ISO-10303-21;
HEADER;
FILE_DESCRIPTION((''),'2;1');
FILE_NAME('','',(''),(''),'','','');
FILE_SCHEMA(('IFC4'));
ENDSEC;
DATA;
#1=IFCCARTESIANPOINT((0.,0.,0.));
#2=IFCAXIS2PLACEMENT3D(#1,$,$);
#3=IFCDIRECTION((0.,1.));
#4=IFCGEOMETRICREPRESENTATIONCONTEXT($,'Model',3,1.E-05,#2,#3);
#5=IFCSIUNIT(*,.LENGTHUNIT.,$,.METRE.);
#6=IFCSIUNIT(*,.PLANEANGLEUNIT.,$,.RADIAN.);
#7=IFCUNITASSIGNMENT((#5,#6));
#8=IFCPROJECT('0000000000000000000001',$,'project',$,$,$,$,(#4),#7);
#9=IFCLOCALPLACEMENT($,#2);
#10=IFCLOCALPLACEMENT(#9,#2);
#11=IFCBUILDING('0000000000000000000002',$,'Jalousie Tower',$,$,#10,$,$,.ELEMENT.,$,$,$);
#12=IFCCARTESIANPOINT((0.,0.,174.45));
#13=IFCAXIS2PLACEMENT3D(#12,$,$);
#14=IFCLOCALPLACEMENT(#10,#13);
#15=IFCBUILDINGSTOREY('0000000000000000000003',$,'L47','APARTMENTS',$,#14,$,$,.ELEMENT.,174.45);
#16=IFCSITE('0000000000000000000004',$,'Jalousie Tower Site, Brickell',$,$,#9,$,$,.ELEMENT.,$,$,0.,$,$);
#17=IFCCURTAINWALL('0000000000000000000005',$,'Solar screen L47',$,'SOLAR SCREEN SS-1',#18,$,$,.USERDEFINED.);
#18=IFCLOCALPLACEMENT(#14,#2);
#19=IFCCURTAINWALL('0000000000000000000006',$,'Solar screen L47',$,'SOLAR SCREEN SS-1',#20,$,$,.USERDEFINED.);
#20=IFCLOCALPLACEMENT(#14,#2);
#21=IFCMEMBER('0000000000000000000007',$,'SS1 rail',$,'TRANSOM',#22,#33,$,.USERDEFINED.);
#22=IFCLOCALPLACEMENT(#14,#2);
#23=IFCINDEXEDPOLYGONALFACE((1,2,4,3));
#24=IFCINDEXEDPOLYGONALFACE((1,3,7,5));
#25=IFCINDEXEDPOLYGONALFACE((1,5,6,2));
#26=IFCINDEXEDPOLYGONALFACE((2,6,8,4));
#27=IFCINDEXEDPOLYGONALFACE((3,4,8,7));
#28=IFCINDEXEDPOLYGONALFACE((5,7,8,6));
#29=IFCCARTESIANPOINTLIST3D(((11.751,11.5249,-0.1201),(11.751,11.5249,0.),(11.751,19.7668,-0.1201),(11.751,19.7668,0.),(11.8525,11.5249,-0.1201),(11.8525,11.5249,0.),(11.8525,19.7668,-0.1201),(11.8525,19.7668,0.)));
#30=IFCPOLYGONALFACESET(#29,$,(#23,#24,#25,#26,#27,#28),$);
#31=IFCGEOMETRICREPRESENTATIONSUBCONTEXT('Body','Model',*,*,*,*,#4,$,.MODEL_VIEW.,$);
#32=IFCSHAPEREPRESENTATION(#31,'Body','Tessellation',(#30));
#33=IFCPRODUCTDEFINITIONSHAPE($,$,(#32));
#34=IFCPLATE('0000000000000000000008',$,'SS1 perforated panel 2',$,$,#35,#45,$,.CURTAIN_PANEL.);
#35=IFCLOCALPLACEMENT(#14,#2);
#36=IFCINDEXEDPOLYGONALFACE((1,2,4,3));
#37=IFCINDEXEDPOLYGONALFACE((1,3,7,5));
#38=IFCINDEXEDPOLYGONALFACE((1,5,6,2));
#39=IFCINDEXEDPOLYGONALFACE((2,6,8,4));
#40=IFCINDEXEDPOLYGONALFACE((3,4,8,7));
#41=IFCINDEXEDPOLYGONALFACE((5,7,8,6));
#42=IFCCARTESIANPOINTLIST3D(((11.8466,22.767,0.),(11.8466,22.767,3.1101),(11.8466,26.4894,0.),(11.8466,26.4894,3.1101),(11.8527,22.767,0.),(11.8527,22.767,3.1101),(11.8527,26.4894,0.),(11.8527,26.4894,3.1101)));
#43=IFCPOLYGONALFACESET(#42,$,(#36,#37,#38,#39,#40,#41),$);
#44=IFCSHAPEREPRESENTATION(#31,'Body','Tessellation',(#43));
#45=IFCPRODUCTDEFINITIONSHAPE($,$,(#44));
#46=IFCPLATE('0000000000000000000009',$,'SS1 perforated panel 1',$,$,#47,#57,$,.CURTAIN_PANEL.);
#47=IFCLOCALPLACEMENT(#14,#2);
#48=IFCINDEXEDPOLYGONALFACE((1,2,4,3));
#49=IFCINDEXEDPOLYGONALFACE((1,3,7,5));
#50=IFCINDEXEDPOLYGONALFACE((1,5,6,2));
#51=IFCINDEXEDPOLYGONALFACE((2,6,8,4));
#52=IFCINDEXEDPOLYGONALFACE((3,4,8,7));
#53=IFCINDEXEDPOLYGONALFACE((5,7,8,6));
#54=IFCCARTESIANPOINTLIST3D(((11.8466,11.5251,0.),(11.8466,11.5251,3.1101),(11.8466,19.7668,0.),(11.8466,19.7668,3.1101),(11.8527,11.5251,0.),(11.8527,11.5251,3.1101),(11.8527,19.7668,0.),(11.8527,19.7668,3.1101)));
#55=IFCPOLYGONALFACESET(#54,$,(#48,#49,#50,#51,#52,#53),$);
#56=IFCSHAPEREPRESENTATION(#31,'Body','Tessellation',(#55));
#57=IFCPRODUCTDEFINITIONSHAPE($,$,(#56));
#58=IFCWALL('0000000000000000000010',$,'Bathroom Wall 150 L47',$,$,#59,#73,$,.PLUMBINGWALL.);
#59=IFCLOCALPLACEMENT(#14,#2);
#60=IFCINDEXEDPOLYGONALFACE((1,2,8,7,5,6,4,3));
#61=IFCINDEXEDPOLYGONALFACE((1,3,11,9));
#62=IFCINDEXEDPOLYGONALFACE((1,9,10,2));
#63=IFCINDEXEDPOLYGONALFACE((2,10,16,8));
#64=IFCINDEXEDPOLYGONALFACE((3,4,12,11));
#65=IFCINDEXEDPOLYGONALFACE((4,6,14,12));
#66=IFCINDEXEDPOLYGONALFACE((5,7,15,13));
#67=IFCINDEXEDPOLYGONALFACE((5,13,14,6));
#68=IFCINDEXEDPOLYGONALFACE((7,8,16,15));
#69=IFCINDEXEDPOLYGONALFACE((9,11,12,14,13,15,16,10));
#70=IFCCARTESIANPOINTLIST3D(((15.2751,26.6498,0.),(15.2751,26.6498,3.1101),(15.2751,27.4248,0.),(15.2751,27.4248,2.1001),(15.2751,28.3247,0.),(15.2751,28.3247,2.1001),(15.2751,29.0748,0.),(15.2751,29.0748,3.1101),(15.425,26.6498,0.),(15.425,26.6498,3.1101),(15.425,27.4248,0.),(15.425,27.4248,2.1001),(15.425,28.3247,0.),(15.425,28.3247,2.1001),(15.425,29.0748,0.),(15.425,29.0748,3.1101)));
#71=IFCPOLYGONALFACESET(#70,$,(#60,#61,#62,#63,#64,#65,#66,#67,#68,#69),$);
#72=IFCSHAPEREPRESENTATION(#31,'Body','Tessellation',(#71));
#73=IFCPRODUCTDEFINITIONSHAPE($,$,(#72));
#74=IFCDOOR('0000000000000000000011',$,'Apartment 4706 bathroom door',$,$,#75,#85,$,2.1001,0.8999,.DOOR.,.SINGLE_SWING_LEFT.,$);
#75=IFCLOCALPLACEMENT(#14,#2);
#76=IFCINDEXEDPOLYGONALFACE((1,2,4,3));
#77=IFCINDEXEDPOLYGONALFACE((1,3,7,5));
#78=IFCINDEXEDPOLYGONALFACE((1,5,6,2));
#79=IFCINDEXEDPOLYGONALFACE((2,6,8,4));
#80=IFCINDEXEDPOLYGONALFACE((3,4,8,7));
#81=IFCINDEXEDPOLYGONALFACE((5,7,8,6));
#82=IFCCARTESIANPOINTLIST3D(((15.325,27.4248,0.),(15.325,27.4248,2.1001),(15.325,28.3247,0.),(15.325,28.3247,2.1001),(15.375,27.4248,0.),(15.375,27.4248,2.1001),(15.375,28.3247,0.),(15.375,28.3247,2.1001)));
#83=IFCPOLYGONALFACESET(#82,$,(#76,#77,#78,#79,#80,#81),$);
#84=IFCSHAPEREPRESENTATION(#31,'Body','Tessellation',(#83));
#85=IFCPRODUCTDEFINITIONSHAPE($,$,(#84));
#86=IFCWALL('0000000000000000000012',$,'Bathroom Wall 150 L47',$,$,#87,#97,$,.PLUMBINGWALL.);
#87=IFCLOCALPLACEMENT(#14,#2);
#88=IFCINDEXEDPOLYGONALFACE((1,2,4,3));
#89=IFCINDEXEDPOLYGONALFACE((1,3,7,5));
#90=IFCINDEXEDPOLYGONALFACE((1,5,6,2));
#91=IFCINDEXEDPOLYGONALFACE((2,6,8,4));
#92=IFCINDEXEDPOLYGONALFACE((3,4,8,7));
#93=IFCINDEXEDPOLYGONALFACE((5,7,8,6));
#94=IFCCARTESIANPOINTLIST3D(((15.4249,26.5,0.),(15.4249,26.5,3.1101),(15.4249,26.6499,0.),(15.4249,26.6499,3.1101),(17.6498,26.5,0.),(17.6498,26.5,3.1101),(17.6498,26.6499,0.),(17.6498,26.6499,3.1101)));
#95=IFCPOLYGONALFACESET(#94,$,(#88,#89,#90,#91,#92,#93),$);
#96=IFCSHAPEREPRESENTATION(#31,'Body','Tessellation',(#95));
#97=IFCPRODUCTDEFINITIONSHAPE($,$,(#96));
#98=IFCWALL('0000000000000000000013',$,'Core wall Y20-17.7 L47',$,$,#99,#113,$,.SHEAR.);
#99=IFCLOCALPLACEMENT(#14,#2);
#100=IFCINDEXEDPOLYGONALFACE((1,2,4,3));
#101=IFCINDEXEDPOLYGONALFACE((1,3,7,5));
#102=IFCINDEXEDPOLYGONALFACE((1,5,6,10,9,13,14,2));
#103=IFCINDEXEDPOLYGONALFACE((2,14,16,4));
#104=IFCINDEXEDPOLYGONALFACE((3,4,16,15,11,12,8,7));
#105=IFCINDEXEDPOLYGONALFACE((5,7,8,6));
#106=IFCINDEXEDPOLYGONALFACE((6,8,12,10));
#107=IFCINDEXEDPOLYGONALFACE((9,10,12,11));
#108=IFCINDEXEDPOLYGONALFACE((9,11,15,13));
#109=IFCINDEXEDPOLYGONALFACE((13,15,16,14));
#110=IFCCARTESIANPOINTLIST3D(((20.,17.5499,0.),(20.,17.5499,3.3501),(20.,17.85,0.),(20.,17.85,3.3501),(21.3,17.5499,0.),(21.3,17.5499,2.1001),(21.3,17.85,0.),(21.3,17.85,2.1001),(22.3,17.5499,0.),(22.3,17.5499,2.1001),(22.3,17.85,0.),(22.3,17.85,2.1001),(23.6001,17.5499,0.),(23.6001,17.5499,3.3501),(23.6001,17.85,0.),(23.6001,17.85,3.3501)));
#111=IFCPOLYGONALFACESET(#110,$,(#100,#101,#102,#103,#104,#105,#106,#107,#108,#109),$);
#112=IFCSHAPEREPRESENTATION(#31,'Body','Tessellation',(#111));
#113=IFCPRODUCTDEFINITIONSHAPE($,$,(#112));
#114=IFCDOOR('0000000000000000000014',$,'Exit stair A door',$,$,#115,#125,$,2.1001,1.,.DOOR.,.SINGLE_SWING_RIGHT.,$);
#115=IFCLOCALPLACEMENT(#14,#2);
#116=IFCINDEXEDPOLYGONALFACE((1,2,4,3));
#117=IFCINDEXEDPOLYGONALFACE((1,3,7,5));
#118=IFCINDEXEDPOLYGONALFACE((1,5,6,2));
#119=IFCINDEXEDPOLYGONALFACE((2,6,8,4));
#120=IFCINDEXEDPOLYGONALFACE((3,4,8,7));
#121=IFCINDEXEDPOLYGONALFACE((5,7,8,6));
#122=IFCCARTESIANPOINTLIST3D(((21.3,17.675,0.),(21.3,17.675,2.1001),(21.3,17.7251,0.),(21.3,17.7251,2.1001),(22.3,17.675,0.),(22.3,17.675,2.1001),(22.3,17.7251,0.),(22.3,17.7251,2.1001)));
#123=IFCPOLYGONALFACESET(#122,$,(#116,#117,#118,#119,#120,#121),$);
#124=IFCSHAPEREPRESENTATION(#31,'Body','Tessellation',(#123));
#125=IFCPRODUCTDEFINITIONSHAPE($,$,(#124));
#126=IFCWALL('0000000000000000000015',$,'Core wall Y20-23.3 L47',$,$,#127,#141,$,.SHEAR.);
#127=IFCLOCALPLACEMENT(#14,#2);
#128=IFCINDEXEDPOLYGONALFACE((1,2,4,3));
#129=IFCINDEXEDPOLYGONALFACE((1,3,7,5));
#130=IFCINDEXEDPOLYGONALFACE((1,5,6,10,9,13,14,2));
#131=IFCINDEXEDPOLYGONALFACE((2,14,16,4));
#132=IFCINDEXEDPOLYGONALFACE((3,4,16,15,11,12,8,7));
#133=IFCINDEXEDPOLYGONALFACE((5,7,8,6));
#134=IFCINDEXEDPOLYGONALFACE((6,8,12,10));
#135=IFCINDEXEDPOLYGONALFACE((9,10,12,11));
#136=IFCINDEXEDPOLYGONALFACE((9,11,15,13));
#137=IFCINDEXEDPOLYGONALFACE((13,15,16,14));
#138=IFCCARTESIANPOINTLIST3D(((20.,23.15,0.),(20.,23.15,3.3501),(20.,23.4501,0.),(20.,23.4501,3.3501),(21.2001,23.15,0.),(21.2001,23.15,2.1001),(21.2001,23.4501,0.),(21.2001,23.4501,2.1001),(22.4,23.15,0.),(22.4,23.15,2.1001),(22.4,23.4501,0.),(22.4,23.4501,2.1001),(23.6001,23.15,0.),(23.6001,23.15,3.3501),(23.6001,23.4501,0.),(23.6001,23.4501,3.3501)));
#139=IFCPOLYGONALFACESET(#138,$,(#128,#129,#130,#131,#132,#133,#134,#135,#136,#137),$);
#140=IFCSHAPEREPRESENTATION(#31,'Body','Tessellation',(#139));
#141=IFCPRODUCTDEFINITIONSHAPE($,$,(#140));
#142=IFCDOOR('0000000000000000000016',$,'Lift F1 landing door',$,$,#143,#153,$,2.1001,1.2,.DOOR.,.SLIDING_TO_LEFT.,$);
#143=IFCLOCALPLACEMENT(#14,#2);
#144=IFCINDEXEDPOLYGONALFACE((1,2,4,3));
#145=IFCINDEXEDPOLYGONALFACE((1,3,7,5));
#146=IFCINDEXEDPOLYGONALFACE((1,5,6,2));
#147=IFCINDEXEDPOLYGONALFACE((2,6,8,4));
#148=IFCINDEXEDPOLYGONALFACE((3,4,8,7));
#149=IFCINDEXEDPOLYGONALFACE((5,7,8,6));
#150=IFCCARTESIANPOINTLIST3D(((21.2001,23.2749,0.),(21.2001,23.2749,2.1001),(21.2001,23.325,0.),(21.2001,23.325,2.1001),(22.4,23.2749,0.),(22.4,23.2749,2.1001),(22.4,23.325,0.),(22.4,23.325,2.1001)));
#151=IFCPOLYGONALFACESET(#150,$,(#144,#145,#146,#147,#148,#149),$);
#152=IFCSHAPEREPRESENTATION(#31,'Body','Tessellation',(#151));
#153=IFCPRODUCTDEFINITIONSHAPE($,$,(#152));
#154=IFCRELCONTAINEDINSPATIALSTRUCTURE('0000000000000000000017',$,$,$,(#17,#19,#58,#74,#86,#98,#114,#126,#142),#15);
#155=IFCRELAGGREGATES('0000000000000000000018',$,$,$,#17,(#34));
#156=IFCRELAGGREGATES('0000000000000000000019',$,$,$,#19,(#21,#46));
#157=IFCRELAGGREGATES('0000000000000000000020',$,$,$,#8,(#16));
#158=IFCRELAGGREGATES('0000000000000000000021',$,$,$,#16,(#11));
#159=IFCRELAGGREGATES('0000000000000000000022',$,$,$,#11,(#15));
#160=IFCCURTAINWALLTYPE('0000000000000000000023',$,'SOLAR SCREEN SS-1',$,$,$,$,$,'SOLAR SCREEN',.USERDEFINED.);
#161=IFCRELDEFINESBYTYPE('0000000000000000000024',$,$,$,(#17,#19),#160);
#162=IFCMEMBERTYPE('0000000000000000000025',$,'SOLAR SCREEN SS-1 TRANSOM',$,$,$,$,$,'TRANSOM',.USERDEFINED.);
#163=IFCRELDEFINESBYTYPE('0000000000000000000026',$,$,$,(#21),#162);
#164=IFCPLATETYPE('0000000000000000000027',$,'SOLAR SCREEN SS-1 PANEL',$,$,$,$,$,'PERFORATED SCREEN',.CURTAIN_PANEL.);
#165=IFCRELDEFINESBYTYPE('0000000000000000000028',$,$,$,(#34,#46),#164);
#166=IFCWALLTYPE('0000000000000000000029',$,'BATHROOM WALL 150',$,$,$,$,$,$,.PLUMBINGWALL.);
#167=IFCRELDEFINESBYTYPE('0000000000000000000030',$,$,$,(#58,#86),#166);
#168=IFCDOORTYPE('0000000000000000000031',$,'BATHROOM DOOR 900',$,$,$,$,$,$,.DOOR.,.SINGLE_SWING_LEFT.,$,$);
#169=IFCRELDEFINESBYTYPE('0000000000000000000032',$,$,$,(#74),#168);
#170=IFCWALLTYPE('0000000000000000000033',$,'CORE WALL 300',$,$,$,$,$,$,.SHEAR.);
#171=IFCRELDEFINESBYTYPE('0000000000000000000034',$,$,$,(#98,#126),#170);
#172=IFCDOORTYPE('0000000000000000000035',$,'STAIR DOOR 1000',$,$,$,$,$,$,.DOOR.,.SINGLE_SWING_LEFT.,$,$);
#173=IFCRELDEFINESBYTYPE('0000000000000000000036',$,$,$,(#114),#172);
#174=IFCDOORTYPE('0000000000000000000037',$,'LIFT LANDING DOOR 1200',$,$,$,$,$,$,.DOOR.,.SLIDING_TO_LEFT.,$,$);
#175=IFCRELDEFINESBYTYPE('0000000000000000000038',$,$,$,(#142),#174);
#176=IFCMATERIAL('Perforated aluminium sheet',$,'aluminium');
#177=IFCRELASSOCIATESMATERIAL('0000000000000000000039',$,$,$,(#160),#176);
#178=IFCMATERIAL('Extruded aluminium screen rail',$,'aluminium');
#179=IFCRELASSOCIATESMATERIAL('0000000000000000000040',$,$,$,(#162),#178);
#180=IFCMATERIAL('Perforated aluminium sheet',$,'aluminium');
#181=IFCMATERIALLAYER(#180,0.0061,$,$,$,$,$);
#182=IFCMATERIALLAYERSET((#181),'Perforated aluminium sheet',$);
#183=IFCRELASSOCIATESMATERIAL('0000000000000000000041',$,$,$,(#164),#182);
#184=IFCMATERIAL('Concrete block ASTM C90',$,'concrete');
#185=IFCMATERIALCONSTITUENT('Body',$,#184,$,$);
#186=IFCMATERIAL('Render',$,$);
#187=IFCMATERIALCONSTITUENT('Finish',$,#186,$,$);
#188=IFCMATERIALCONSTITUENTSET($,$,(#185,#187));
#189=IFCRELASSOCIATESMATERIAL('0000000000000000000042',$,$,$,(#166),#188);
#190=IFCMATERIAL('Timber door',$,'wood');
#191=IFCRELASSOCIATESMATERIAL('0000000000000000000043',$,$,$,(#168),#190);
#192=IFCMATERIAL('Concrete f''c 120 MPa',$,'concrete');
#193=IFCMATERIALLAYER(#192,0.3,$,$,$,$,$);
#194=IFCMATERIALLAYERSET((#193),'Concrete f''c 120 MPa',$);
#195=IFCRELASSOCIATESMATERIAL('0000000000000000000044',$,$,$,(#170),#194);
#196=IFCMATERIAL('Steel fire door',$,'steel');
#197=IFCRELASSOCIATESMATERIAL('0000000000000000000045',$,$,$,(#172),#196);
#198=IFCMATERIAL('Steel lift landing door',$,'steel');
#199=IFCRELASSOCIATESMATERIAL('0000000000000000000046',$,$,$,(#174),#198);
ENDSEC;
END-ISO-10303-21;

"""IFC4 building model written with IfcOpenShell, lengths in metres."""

from ifc_helpers import new_model, si_unit, direction, frame, frame_2d, origin, origin_2d, place, context, subcontext, project, spatial, rectangle, extrude, material, layer, layer_set, constituent, constituent_set, material_profile, profile_set, type_object, element, fill, aggregate, save


model = new_model("IFC4")

# Units and contexts
model_context = context("Model", 3, precision=1e-05, world=origin(), true_north=direction((0.0, 1.0)))
body_context = subcontext(model_context, "Body", "Model", "MODEL_VIEW")
ifc_project = project(units=[si_unit("LENGTHUNIT", "METRE"), si_unit("PLANEANGLEUNIT", "RADIAN")], contexts=[model_context])

# Site, building, storey
site_placement = place(None, origin())
site = spatial("IfcSite", under=ifc_project, at=site_placement, Name="Jalousie Tower Site, Brickell", CompositionType="ELEMENT", RefElevation=0.0)
building_placement = place(site_placement, origin())
building = spatial("IfcBuilding", under=site, at=building_placement, Name="Jalousie Tower", CompositionType="ELEMENT")
storey_placement = place(building_placement, frame((0.0, 0.0, 174.45)))
storey = spatial("IfcBuildingStorey", under=building, at=storey_placement, Name="L47", Description="APARTMENTS", CompositionType="ELEMENT", Elevation=174.45)

# Curtain walls, member
ifc_material_1 = material(Name="Perforated aluminium sheet", Category="aluminium")
curtain_wall_type = type_object("IfcCurtainWallType", Name="SOLAR SCREEN SS-1", ElementType="SOLAR SCREEN", PredefinedType="USERDEFINED", material=ifc_material_1)
curtain_wall_1_placement = place(storey_placement, origin())
curtain_wall_1 = element("IfcCurtainWall", 1, at=curtain_wall_1_placement, inside=storey, type_object=curtain_wall_type, Name="Solar screen L47", ObjectType="SOLAR SCREEN SS-1", PredefinedType="USERDEFINED")
curtain_wall_2_placement = place(storey_placement, origin())
curtain_wall_2 = element("IfcCurtainWall", 2, at=curtain_wall_2_placement, inside=storey, type_object=curtain_wall_type, Name="Solar screen L47", ObjectType="SOLAR SCREEN SS-1", PredefinedType="USERDEFINED")
ifc_material_2 = material(Name="Extruded aluminium screen rail", Category="aluminium")
ifc_material_profile_1 = material_profile(ifc_material_2, rectangle(XDim=0.1016, YDim=0.1201, at=origin_2d()), Name="RAIL 102x120")
ifc_profile_set_1 = profile_set([ifc_material_profile_1], Name="Extruded aluminium screen rail")
member_type_1 = type_object("IfcMemberType", Name="SOLAR SCREEN SS-1 TRANSOM", ElementType="TRANSOM", PredefinedType="USERDEFINED", material=ifc_profile_set_1)
member_1_placement = place(storey_placement, frame((11.8018, 19.7668, -0.0601), z_axis=(0.0, -1.0, 0.0), x_axis=(1.0, 0.0, 0.0)))
member_1 = element("IfcMember", 3, at=member_1_placement, type_object=member_type_1, Name="SS1 rail", ObjectType="TRANSOM", PredefinedType="USERDEFINED", context=body_context, shape_type="SweptSolid", body=[
    extrude(rectangle(XDim=0.1016, YDim=0.1201, at=origin_2d()), origin(), (0.0, 0.0, 1.0), 8.2419),
])

# Plates
ifc_material_3 = material(Name="Perforated aluminium sheet", Category="aluminium")
ifc_layer_1 = layer(ifc_material_3, 0.0061)
ifc_layer_set_1 = layer_set([ifc_layer_1], Name="Perforated aluminium sheet")
plate_type = type_object("IfcPlateType", Name="SOLAR SCREEN SS-1 PANEL", ElementType="PERFORATED SCREEN", PredefinedType="CURTAIN_PANEL", material=ifc_layer_set_1)
plate_1_placement = place(storey_placement, frame((11.8496, 24.6282, 0.0), z_axis=(0.0, 0.0, 1.0), x_axis=(0.0, -1.0, 0.0)))
plate_1 = element("IfcPlate", 4, at=plate_1_placement, type_object=plate_type, Name="SS1 perforated panel 2", PredefinedType="CURTAIN_PANEL", context=body_context, shape_type="SweptSolid", body=[
    extrude(rectangle(XDim=3.7224, YDim=0.0061, at=origin_2d()), origin(), (0.0, 0.0, 1.0), 3.1101),
])
aggregate(curtain_wall_1, [plate_1])
plate_2_placement = place(storey_placement, frame((11.8496, 15.646, 0.0), z_axis=(0.0, 0.0, 1.0), x_axis=(0.0, -1.0, 0.0)))
plate_2 = element("IfcPlate", 5, at=plate_2_placement, type_object=plate_type, Name="SS1 perforated panel 1", PredefinedType="CURTAIN_PANEL", context=body_context, shape_type="SweptSolid", body=[
    extrude(rectangle(XDim=8.2417, YDim=0.0061, at=origin_2d()), origin(), (0.0, 0.0, 1.0), 3.1101),
])
aggregate(curtain_wall_2, [member_1, plate_2])

# Wall, opening, door
ifc_material_4 = material(Name="Concrete block ASTM C90", Category="concrete")
ifc_constituent_1 = constituent(ifc_material_4, Name="Body")
ifc_material_5 = material(Name="Render")
ifc_constituent_2 = constituent(ifc_material_5, Name="Finish")
ifc_constituent_set_1 = constituent_set(constituents=[ifc_constituent_1, ifc_constituent_2])
wall_type_1 = type_object("IfcWallType", Name="BATHROOM WALL 150", PredefinedType="PLUMBINGWALL", material=ifc_constituent_set_1)
wall_1_placement = place(storey_placement, frame((15.3501, 26.6499, 0.0), z_axis=(0.0, 0.0, 1.0), x_axis=(0.0, 1.0, 0.0)))
wall_1 = element("IfcWall", 6, at=wall_1_placement, inside=storey, type_object=wall_type_1, Name="Bathroom Wall 150 L47", PredefinedType="PLUMBINGWALL", context=body_context, shape_type="SweptSolid", body=[
    extrude(rectangle(XDim=2.425, YDim=0.1499, at=frame_2d((1.2124, 0.0))), origin(), (0.0, 0.0, 1.0), 3.1101),
])
opening_1_placement = place(wall_1_placement, frame((0.7749, 0.0, 0.0)))
opening_1 = element("IfcOpeningElement", 7, at=opening_1_placement, cuts=wall_1, PredefinedType="OPENING", context=body_context, shape_type="SweptSolid", body=[
    extrude(rectangle(XDim=0.8999, YDim=2.1001, at=frame_2d((0.45, 1.05))), frame((0.0, 0.085, 0.0), z_axis=(0.0, -1.0, 0.0), x_axis=(1.0, 0.0, 0.0)), (0.0, 0.0, 1.0), 0.1699),
])
ifc_material_6 = material(Name="Timber door", Category="wood")
door_type_1 = type_object("IfcDoorType", Name="BATHROOM DOOR 900", OperationType="SINGLE_SWING_LEFT", PredefinedType="DOOR", material=ifc_material_6)
door_1_placement = place(opening_1_placement, frame((0.8999, 0.0, 0.0), z_axis=(0.0, 0.0, 1.0), x_axis=(-1.0, 0.0, 0.0)))
door_1 = element("IfcDoor", 8, at=door_1_placement, inside=storey, type_object=door_type_1, Name="Apartment 4706 bathroom door", OperationType="SINGLE_SWING_LEFT", OverallHeight=2.1001, OverallWidth=0.8999, PredefinedType="DOOR", context=body_context, shape_type="SweptSolid", body=[
    extrude(rectangle(XDim=0.8999, YDim=2.1001, at=frame_2d((0.45, 1.05))), frame((0.0, 0.0249, 0.0), z_axis=(0.0, -1.0, 0.0), x_axis=(1.0, 0.0, 0.0)), (0.0, 0.0, 1.0), 0.05),
])
fill(opening_1, door_1)

# Wall
wall_2_placement = place(storey_placement, frame((15.425, 26.575, 0.0), z_axis=(0.0, 0.0, 1.0), x_axis=(1.0, 0.0, 0.0)))
element("IfcWall", 9, at=wall_2_placement, inside=storey, type_object=wall_type_1, Name="Bathroom Wall 150 L47", PredefinedType="PLUMBINGWALL", context=body_context, shape_type="SweptSolid", body=[
    extrude(rectangle(XDim=2.2249, YDim=0.1499, at=frame_2d((1.1123, 0.0))), origin(), (0.0, 0.0, 1.0), 3.1101),
])

# Walls, openings, doors
ifc_material_7 = material(Name="Concrete f'c 120 MPa", Category="concrete")
ifc_layer_2 = layer(ifc_material_7, 0.3)
ifc_layer_set_2 = layer_set([ifc_layer_2], Name="Concrete f'c 120 MPa")
wall_type_2 = type_object("IfcWallType", Name="CORE WALL 300", PredefinedType="SHEAR", material=ifc_layer_set_2)
wall_3_placement = place(storey_placement, frame((20.0, 17.7, 0.0), z_axis=(0.0, 0.0, 1.0), x_axis=(1.0, 0.0, 0.0)))
wall_3 = element("IfcWall", 10, at=wall_3_placement, inside=storey, type_object=wall_type_2, Name="Core wall Y20-17.7 L47", PredefinedType="SHEAR", context=body_context, shape_type="SweptSolid", body=[
    extrude(rectangle(XDim=3.6001, YDim=0.3, at=frame_2d((1.8, 0.0))), origin(), (0.0, 0.0, 1.0), 3.3501),
])
opening_2_placement = place(wall_3_placement, frame((1.3, 0.0, 0.0)))
opening_2 = element("IfcOpeningElement", 11, at=opening_2_placement, cuts=wall_3, PredefinedType="OPENING", context=body_context, shape_type="SweptSolid", body=[
    extrude(rectangle(XDim=1.0, YDim=2.1001, at=frame_2d((0.5, 1.05))), frame((0.0, 0.1599, 0.0), z_axis=(0.0, -1.0, 0.0), x_axis=(1.0, 0.0, 0.0)), (0.0, 0.0, 1.0), 0.3201),
])
ifc_material_8 = material(Name="Steel fire door", Category="steel")
door_type_2 = type_object("IfcDoorType", Name="STAIR DOOR 1000", OperationType="SINGLE_SWING_LEFT", PredefinedType="DOOR", material=ifc_material_8)
door_2_placement = place(opening_2_placement, frame((1.0, 0.0, 0.0), z_axis=(0.0, 0.0, 1.0), x_axis=(-1.0, 0.0, 0.0)))
door_2 = element("IfcDoor", 12, at=door_2_placement, inside=storey, type_object=door_type_2, Name="Exit stair A door", OperationType="SINGLE_SWING_RIGHT", OverallHeight=2.1001, OverallWidth=1.0, PredefinedType="DOOR", context=body_context, shape_type="SweptSolid", body=[
    extrude(rectangle(XDim=1.0, YDim=2.1001, at=frame_2d((0.5, 1.05))), frame((0.0, 0.0249, 0.0), z_axis=(0.0, -1.0, 0.0), x_axis=(1.0, 0.0, 0.0)), (0.0, 0.0, 1.0), 0.05),
])
fill(opening_2, door_2)
wall_4_placement = place(storey_placement, frame((20.0, 23.3, 0.0), z_axis=(0.0, 0.0, 1.0), x_axis=(1.0, 0.0, 0.0)))
wall_4 = element("IfcWall", 13, at=wall_4_placement, inside=storey, type_object=wall_type_2, Name="Core wall Y20-23.3 L47", PredefinedType="SHEAR", context=body_context, shape_type="SweptSolid", body=[
    extrude(rectangle(XDim=3.6001, YDim=0.3, at=frame_2d((1.8, 0.0))), origin(), (0.0, 0.0, 1.0), 3.3501),
])
opening_3_placement = place(wall_4_placement, frame((1.2, 0.0, 0.0)))
opening_3 = element("IfcOpeningElement", 14, at=opening_3_placement, cuts=wall_4, PredefinedType="OPENING", context=body_context, shape_type="SweptSolid", body=[
    extrude(rectangle(XDim=1.2, YDim=2.1001, at=frame_2d((0.6001, 1.05))), frame((0.0, 0.1599, 0.0), z_axis=(0.0, -1.0, 0.0), x_axis=(1.0, 0.0, 0.0)), (0.0, 0.0, 1.0), 0.3201),
])
ifc_material_9 = material(Name="Steel lift landing door", Category="steel")
door_type_3 = type_object("IfcDoorType", Name="LIFT LANDING DOOR 1200", OperationType="SLIDING_TO_LEFT", PredefinedType="DOOR", material=ifc_material_9)
door_3_placement = place(opening_3_placement, origin())
door_3 = element("IfcDoor", 15, at=door_3_placement, inside=storey, type_object=door_type_3, Name="Lift F1 landing door", OperationType="SLIDING_TO_LEFT", OverallHeight=2.1001, OverallWidth=1.2, PredefinedType="DOOR", context=body_context, shape_type="SweptSolid", body=[
    extrude(rectangle(XDim=1.2, YDim=2.1001, at=frame_2d((0.6001, 1.05))), frame((0.0, 0.0249, 0.0), z_axis=(0.0, -1.0, 0.0), x_axis=(1.0, 0.0, 0.0)), (0.0, 0.0, 1.0), 0.05),
])
fill(opening_3, door_3)

save(model, "model.ifc")
